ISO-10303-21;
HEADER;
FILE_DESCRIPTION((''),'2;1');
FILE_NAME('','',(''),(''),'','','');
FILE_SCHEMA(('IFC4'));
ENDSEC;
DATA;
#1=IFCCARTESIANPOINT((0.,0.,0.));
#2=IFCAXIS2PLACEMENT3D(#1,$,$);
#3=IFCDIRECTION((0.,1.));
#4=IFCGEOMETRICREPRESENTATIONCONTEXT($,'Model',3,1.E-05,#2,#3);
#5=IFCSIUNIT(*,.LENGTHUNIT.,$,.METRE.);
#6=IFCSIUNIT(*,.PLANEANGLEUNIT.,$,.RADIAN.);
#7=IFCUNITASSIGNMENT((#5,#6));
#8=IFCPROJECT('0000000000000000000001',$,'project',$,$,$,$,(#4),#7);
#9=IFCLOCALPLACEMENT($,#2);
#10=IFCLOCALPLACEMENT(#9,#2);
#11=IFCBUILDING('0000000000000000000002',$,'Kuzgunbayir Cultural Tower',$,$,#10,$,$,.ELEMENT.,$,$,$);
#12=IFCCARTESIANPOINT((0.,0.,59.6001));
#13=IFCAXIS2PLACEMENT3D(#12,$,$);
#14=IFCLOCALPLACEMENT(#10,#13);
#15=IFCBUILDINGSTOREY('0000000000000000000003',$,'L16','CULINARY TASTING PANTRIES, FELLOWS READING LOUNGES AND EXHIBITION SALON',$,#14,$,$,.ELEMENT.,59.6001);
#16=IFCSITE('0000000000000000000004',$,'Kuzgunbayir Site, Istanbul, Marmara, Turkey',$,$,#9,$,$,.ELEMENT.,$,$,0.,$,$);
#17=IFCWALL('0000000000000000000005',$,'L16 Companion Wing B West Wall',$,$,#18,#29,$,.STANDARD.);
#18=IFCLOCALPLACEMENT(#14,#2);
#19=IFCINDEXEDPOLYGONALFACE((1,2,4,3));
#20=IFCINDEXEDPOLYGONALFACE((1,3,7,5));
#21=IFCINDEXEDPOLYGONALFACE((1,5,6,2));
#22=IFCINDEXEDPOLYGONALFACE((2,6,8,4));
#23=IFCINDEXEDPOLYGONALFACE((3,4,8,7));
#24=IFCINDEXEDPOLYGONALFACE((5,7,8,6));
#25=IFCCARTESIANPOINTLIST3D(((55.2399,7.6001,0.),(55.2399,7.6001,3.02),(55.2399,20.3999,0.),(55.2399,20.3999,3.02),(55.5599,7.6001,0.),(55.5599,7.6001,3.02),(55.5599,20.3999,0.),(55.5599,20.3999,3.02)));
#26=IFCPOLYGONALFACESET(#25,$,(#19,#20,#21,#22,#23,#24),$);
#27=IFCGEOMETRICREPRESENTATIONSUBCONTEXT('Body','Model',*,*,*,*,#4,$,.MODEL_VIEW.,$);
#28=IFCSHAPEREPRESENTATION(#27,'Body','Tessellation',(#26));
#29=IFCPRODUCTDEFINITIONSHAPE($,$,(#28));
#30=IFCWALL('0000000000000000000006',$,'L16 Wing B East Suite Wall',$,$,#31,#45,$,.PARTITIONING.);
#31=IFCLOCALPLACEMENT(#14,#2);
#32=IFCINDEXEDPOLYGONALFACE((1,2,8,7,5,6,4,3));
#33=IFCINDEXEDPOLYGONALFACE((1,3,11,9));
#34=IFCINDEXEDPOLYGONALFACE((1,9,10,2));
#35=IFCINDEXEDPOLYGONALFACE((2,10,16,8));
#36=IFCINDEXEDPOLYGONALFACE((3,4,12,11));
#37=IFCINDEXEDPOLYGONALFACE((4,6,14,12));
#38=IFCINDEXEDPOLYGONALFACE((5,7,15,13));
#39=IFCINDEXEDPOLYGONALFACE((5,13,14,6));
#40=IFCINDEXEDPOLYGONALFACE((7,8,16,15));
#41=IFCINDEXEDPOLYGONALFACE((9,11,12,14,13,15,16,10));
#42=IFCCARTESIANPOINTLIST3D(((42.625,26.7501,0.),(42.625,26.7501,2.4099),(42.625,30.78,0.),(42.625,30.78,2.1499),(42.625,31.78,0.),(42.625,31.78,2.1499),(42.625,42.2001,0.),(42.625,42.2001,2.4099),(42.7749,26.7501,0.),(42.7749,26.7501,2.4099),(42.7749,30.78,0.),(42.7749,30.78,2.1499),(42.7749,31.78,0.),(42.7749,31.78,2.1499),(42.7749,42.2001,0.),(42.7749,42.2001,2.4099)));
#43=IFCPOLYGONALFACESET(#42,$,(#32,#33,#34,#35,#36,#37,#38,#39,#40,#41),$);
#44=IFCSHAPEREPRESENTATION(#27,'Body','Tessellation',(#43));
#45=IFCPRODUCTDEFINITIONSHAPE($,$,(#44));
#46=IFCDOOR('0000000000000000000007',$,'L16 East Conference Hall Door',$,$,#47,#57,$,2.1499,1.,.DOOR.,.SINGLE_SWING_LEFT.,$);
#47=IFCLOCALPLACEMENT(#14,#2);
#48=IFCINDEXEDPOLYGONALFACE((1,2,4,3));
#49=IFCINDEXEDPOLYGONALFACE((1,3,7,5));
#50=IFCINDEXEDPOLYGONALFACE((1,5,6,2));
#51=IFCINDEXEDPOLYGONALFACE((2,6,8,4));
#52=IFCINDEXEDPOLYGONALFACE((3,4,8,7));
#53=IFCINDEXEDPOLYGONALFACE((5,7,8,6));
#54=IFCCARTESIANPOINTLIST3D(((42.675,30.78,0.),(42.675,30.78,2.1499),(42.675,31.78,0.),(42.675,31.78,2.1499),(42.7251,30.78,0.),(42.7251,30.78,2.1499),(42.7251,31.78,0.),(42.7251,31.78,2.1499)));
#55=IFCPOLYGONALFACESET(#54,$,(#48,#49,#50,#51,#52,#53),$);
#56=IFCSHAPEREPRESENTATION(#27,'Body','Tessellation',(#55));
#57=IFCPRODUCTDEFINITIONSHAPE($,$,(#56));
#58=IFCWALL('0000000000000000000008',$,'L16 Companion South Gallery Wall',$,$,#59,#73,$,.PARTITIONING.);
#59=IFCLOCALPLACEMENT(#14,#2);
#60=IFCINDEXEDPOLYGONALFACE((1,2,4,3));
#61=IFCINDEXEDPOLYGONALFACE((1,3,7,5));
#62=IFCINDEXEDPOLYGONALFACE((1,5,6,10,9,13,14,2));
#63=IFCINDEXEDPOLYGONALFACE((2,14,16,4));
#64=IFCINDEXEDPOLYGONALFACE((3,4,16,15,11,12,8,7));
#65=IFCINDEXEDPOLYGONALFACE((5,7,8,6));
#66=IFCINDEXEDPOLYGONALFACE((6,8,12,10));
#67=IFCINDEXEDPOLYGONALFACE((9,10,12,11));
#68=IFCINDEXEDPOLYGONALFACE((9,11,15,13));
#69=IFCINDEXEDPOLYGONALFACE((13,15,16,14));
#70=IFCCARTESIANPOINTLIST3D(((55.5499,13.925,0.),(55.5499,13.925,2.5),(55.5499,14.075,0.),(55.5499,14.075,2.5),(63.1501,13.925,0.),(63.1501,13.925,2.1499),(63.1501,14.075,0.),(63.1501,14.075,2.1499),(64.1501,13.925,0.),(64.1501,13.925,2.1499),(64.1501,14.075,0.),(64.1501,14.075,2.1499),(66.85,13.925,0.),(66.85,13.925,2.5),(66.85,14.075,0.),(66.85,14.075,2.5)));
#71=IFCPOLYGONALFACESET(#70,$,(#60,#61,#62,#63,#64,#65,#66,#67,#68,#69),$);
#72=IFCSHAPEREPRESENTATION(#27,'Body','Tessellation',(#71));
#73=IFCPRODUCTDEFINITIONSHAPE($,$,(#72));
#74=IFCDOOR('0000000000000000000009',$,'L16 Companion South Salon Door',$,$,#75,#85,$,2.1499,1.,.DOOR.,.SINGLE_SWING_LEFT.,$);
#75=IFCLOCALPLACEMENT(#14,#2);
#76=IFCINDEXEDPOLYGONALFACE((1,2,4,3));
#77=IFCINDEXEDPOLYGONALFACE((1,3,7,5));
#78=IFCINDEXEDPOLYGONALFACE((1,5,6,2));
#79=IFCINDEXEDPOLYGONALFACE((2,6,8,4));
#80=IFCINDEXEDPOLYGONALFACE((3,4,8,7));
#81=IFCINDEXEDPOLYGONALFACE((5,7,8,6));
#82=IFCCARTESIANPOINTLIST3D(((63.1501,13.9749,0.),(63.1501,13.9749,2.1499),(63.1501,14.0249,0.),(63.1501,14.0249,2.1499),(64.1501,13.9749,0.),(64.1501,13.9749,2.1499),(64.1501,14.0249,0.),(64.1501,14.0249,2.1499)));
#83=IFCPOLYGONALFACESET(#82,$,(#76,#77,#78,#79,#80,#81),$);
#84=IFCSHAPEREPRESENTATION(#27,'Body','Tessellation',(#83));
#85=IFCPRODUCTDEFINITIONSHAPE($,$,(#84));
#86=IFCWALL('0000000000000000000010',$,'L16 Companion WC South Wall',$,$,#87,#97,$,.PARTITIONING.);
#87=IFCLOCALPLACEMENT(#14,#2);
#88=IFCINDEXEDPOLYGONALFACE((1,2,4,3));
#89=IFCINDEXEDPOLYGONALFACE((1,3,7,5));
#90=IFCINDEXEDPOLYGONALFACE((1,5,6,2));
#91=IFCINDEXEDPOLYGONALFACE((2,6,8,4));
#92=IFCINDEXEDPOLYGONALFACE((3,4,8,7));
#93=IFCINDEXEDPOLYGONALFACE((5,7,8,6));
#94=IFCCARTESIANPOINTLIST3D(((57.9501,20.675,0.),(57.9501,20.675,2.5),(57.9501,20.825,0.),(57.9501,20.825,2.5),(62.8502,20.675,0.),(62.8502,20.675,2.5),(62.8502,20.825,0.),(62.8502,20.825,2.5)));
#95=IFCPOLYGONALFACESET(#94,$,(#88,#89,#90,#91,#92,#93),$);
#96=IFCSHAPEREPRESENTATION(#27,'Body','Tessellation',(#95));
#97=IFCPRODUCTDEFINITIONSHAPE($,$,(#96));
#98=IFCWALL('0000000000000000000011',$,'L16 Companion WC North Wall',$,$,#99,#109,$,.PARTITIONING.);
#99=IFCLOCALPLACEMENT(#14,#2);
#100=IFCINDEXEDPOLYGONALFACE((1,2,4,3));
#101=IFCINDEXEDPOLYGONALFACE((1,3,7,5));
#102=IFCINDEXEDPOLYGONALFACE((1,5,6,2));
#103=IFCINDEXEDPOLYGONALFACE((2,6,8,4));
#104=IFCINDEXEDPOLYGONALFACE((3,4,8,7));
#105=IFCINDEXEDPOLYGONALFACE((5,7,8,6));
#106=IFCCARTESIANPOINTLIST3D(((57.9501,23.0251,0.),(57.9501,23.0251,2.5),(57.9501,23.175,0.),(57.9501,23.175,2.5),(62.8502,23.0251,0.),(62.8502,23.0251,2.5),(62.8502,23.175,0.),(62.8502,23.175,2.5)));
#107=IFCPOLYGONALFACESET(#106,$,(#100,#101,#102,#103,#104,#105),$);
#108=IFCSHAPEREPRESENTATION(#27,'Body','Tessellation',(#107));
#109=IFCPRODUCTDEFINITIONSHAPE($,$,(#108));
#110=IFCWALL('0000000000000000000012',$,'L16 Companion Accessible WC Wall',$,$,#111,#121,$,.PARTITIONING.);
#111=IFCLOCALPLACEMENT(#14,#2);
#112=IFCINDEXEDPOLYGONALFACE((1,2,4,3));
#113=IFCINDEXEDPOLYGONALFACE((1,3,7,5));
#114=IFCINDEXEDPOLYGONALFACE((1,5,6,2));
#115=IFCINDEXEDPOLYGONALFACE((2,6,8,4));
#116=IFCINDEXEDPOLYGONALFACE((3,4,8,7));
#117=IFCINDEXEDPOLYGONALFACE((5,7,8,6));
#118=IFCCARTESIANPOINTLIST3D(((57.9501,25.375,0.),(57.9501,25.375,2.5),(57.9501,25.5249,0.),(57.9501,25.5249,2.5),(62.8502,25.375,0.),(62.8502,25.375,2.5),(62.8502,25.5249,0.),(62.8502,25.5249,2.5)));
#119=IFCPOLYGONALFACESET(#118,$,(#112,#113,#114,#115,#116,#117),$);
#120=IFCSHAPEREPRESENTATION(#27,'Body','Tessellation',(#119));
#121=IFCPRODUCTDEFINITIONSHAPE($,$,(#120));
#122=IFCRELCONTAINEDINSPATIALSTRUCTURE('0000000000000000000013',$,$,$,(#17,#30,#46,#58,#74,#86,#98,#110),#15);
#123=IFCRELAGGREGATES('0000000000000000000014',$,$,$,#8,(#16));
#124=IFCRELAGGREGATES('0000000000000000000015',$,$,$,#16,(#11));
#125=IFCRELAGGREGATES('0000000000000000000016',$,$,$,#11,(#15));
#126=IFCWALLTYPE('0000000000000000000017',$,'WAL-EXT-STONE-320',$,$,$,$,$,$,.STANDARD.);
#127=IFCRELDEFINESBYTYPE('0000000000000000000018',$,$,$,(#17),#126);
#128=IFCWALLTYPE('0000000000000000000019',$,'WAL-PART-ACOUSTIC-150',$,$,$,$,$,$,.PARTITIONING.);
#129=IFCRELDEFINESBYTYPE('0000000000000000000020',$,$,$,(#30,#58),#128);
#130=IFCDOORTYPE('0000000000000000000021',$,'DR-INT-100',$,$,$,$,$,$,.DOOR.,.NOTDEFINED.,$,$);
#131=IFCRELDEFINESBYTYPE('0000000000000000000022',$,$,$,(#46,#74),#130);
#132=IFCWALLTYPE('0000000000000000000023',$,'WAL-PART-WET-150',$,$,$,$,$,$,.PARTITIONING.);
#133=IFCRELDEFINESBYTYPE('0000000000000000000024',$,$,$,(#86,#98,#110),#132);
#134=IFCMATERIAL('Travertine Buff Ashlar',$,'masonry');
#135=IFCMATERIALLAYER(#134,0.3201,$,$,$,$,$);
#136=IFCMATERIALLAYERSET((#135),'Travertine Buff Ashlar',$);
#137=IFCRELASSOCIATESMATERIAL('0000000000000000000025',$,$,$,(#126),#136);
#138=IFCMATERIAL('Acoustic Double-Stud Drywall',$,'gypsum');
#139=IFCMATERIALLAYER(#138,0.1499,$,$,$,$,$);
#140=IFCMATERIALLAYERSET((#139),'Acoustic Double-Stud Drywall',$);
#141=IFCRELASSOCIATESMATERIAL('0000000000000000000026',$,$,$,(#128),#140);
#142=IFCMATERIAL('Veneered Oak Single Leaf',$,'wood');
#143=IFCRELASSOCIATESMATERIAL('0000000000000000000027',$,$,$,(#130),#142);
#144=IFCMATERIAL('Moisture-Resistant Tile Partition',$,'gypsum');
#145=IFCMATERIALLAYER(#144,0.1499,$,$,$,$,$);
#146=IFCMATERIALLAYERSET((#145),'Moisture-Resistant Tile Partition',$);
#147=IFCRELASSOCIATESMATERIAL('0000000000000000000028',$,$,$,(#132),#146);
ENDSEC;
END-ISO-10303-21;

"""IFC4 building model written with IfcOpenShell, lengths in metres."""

from ifc_helpers import new_model, si_unit, direction, frame, frame_2d, origin, place, context, subcontext, project, spatial, rectangle, extrude, material, layer, layer_set, type_object, element, fill, save


model = new_model("IFC4")

# Units and contexts
model_context = context("Model", 3, precision=1e-05, world=origin(), true_north=direction((0.0, 1.0)))
body_context = subcontext(model_context, "Body", "Model", "MODEL_VIEW")
ifc_project = project(units=[si_unit("LENGTHUNIT", "METRE"), si_unit("PLANEANGLEUNIT", "RADIAN")], contexts=[model_context])

# Site, building, storey
site_placement = place(None, origin())
site = spatial("IfcSite", under=ifc_project, at=site_placement, Name="Kuzgunbayir Site, Istanbul, Marmara, Turkey", CompositionType="ELEMENT", RefElevation=0.0)
building_placement = place(site_placement, origin())
building = spatial("IfcBuilding", under=site, at=building_placement, Name="Kuzgunbayir Cultural Tower", CompositionType="ELEMENT")
storey_placement = place(building_placement, frame((0.0, 0.0, 59.6001)))
storey = spatial("IfcBuildingStorey", under=building, at=storey_placement, Name="L16", Description="CULINARY TASTING PANTRIES, FELLOWS READING LOUNGES AND EXHIBITION SALON", CompositionType="ELEMENT", Elevation=59.6001)

# Shared definitions
ifc_material_1 = material(Name="Travertine Buff Ashlar", Category="masonry")
ifc_layer_1 = layer(ifc_material_1, 0.3201)
ifc_layer_set_1 = layer_set([ifc_layer_1], Name="Travertine Buff Ashlar")
wall_type_1 = type_object("IfcWallType", Name="WAL-EXT-STONE-320", PredefinedType="STANDARD", material=ifc_layer_set_1)

# Wall
wall_1_placement = place(storey_placement, frame((55.3999, 20.3999, 0.0), z_axis=(0.0, 0.0, 1.0), x_axis=(0.0, -1.0, 0.0)))
element("IfcWall", 1, at=wall_1_placement, inside=storey, type_object=wall_type_1, Name="L16 Companion Wing B West Wall", PredefinedType="STANDARD", context=body_context, shape_type="SweptSolid", body=[
    extrude(rectangle(XDim=12.7998, YDim=0.3201, at=frame_2d((6.3999, 0.0))), origin(), (0.0, 0.0, 1.0), 3.02),
])

# Walls, openings, doors
ifc_material_2 = material(Name="Acoustic Double-Stud Drywall", Category="gypsum")
ifc_layer_2 = layer(ifc_material_2, 0.1499)
ifc_layer_set_2 = layer_set([ifc_layer_2], Name="Acoustic Double-Stud Drywall")
wall_type_2 = type_object("IfcWallType", Name="WAL-PART-ACOUSTIC-150", PredefinedType="PARTITIONING", material=ifc_layer_set_2)
wall_2_placement = place(storey_placement, frame((42.7, 26.75, 0.0), z_axis=(0.0, 0.0, 1.0), x_axis=(0.0, 1.0, 0.0)))
wall_2 = element("IfcWall", 2, at=wall_2_placement, inside=storey, type_object=wall_type_2, Name="L16 Wing B East Suite Wall", PredefinedType="PARTITIONING", context=body_context, shape_type="SweptSolid", body=[
    extrude(rectangle(XDim=15.45, YDim=0.1499, at=frame_2d((7.7251, 0.0))), origin(), (0.0, 0.0, 1.0), 2.4099),
])
opening_1_placement = place(wall_2_placement, frame((4.03, 0.0, 0.0)))
opening_1 = element("IfcOpeningElement", 3, at=opening_1_placement, cuts=wall_2, PredefinedType="OPENING", context=body_context, shape_type="SweptSolid", body=[
    extrude(rectangle(XDim=1.0, YDim=2.1499, at=frame_2d((0.5, 1.075))), frame((0.0, 0.085, 0.0), z_axis=(0.0, -1.0, 0.0), x_axis=(1.0, 0.0, 0.0)), (0.0, 0.0, 1.0), 0.1699),
])
ifc_material_3 = material(Name="Veneered Oak Single Leaf", Category="wood")
door_type = type_object("IfcDoorType", Name="DR-INT-100", OperationType="NOTDEFINED", PredefinedType="DOOR", material=ifc_material_3)
door_1_placement = place(opening_1_placement, origin())
door_1 = element("IfcDoor", 4, at=door_1_placement, inside=storey, type_object=door_type, Name="L16 East Conference Hall Door", OperationType="SINGLE_SWING_LEFT", OverallHeight=2.1499, OverallWidth=1.0, PredefinedType="DOOR", context=body_context, shape_type="SweptSolid", body=[
    extrude(rectangle(XDim=1.0, YDim=2.1499, at=frame_2d((0.5, 1.075))), frame((0.0, 0.0249, 0.0), z_axis=(0.0, -1.0, 0.0), x_axis=(1.0, 0.0, 0.0)), (0.0, 0.0, 1.0), 0.05),
])
fill(opening_1, door_1)
wall_3_placement = place(storey_placement, frame((55.55, 14.0, 0.0), z_axis=(0.0, 0.0, 1.0), x_axis=(1.0, 0.0, 0.0)))
wall_3 = element("IfcWall", 5, at=wall_3_placement, inside=storey, type_object=wall_type_2, Name="L16 Companion South Gallery Wall", PredefinedType="PARTITIONING", context=body_context, shape_type="SweptSolid", body=[
    extrude(rectangle(XDim=11.3, YDim=0.1499, at=frame_2d((5.6499, 0.0))), origin(), (0.0, 0.0, 1.0), 2.5),
])
opening_2_placement = place(wall_3_placement, frame((7.6001, 0.0, 0.0)))
opening_2 = element("IfcOpeningElement", 6, at=opening_2_placement, cuts=wall_3, PredefinedType="OPENING", context=body_context, shape_type="SweptSolid", body=[
    extrude(rectangle(XDim=1.0, YDim=2.1499, at=frame_2d((0.5, 1.075))), frame((0.0, 0.085, 0.0), z_axis=(0.0, -1.0, 0.0), x_axis=(1.0, 0.0, 0.0)), (0.0, 0.0, 1.0), 0.1699),
])
door_2_placement = place(opening_2_placement, origin())
door_2 = element("IfcDoor", 7, at=door_2_placement, inside=storey, type_object=door_type, Name="L16 Companion South Salon Door", OperationType="SINGLE_SWING_LEFT", OverallHeight=2.1499, OverallWidth=1.0, PredefinedType="DOOR", context=body_context, shape_type="SweptSolid", body=[
    extrude(rectangle(XDim=1.0, YDim=2.1499, at=frame_2d((0.5, 1.075))), frame((0.0, 0.0249, 0.0), z_axis=(0.0, -1.0, 0.0), x_axis=(1.0, 0.0, 0.0)), (0.0, 0.0, 1.0), 0.05),
])
fill(opening_2, door_2)

# Walls
ifc_material_4 = material(Name="Moisture-Resistant Tile Partition", Category="gypsum")
ifc_layer_3 = layer(ifc_material_4, 0.1499)
ifc_layer_set_3 = layer_set([ifc_layer_3], Name="Moisture-Resistant Tile Partition")
wall_type_3 = type_object("IfcWallType", Name="WAL-PART-WET-150", PredefinedType="PARTITIONING", material=ifc_layer_set_3)
for number, where, z_axis, x_axis, name in (
    (8, (57.95, 20.75, 0.0), (0.0, 0.0, 1.0), (1.0, 0.0, 0.0), "L16 Companion WC South Wall"),
    (9, (57.95, 23.1001, 0.0), (0.0, 0.0, 1.0), (1.0, 0.0, 0.0), "L16 Companion WC North Wall"),
    (10, (57.95, 25.45, 0.0), (0.0, 0.0, 1.0), (1.0, 0.0, 0.0), "L16 Companion Accessible WC Wall"),
):
    element("IfcWall", number, at=place(storey_placement, frame(where, z_axis=z_axis, x_axis=x_axis)), inside=storey, type_object=wall_type_3, Name=name, PredefinedType="PARTITIONING", context=body_context, shape_type="SweptSolid", body=[
        extrude(rectangle(XDim=4.9001, YDim=0.1499, at=frame_2d((2.4502, 0.0))), origin(), (0.0, 0.0, 1.0), 2.5),
    ])

save(model, "model.ifc")
